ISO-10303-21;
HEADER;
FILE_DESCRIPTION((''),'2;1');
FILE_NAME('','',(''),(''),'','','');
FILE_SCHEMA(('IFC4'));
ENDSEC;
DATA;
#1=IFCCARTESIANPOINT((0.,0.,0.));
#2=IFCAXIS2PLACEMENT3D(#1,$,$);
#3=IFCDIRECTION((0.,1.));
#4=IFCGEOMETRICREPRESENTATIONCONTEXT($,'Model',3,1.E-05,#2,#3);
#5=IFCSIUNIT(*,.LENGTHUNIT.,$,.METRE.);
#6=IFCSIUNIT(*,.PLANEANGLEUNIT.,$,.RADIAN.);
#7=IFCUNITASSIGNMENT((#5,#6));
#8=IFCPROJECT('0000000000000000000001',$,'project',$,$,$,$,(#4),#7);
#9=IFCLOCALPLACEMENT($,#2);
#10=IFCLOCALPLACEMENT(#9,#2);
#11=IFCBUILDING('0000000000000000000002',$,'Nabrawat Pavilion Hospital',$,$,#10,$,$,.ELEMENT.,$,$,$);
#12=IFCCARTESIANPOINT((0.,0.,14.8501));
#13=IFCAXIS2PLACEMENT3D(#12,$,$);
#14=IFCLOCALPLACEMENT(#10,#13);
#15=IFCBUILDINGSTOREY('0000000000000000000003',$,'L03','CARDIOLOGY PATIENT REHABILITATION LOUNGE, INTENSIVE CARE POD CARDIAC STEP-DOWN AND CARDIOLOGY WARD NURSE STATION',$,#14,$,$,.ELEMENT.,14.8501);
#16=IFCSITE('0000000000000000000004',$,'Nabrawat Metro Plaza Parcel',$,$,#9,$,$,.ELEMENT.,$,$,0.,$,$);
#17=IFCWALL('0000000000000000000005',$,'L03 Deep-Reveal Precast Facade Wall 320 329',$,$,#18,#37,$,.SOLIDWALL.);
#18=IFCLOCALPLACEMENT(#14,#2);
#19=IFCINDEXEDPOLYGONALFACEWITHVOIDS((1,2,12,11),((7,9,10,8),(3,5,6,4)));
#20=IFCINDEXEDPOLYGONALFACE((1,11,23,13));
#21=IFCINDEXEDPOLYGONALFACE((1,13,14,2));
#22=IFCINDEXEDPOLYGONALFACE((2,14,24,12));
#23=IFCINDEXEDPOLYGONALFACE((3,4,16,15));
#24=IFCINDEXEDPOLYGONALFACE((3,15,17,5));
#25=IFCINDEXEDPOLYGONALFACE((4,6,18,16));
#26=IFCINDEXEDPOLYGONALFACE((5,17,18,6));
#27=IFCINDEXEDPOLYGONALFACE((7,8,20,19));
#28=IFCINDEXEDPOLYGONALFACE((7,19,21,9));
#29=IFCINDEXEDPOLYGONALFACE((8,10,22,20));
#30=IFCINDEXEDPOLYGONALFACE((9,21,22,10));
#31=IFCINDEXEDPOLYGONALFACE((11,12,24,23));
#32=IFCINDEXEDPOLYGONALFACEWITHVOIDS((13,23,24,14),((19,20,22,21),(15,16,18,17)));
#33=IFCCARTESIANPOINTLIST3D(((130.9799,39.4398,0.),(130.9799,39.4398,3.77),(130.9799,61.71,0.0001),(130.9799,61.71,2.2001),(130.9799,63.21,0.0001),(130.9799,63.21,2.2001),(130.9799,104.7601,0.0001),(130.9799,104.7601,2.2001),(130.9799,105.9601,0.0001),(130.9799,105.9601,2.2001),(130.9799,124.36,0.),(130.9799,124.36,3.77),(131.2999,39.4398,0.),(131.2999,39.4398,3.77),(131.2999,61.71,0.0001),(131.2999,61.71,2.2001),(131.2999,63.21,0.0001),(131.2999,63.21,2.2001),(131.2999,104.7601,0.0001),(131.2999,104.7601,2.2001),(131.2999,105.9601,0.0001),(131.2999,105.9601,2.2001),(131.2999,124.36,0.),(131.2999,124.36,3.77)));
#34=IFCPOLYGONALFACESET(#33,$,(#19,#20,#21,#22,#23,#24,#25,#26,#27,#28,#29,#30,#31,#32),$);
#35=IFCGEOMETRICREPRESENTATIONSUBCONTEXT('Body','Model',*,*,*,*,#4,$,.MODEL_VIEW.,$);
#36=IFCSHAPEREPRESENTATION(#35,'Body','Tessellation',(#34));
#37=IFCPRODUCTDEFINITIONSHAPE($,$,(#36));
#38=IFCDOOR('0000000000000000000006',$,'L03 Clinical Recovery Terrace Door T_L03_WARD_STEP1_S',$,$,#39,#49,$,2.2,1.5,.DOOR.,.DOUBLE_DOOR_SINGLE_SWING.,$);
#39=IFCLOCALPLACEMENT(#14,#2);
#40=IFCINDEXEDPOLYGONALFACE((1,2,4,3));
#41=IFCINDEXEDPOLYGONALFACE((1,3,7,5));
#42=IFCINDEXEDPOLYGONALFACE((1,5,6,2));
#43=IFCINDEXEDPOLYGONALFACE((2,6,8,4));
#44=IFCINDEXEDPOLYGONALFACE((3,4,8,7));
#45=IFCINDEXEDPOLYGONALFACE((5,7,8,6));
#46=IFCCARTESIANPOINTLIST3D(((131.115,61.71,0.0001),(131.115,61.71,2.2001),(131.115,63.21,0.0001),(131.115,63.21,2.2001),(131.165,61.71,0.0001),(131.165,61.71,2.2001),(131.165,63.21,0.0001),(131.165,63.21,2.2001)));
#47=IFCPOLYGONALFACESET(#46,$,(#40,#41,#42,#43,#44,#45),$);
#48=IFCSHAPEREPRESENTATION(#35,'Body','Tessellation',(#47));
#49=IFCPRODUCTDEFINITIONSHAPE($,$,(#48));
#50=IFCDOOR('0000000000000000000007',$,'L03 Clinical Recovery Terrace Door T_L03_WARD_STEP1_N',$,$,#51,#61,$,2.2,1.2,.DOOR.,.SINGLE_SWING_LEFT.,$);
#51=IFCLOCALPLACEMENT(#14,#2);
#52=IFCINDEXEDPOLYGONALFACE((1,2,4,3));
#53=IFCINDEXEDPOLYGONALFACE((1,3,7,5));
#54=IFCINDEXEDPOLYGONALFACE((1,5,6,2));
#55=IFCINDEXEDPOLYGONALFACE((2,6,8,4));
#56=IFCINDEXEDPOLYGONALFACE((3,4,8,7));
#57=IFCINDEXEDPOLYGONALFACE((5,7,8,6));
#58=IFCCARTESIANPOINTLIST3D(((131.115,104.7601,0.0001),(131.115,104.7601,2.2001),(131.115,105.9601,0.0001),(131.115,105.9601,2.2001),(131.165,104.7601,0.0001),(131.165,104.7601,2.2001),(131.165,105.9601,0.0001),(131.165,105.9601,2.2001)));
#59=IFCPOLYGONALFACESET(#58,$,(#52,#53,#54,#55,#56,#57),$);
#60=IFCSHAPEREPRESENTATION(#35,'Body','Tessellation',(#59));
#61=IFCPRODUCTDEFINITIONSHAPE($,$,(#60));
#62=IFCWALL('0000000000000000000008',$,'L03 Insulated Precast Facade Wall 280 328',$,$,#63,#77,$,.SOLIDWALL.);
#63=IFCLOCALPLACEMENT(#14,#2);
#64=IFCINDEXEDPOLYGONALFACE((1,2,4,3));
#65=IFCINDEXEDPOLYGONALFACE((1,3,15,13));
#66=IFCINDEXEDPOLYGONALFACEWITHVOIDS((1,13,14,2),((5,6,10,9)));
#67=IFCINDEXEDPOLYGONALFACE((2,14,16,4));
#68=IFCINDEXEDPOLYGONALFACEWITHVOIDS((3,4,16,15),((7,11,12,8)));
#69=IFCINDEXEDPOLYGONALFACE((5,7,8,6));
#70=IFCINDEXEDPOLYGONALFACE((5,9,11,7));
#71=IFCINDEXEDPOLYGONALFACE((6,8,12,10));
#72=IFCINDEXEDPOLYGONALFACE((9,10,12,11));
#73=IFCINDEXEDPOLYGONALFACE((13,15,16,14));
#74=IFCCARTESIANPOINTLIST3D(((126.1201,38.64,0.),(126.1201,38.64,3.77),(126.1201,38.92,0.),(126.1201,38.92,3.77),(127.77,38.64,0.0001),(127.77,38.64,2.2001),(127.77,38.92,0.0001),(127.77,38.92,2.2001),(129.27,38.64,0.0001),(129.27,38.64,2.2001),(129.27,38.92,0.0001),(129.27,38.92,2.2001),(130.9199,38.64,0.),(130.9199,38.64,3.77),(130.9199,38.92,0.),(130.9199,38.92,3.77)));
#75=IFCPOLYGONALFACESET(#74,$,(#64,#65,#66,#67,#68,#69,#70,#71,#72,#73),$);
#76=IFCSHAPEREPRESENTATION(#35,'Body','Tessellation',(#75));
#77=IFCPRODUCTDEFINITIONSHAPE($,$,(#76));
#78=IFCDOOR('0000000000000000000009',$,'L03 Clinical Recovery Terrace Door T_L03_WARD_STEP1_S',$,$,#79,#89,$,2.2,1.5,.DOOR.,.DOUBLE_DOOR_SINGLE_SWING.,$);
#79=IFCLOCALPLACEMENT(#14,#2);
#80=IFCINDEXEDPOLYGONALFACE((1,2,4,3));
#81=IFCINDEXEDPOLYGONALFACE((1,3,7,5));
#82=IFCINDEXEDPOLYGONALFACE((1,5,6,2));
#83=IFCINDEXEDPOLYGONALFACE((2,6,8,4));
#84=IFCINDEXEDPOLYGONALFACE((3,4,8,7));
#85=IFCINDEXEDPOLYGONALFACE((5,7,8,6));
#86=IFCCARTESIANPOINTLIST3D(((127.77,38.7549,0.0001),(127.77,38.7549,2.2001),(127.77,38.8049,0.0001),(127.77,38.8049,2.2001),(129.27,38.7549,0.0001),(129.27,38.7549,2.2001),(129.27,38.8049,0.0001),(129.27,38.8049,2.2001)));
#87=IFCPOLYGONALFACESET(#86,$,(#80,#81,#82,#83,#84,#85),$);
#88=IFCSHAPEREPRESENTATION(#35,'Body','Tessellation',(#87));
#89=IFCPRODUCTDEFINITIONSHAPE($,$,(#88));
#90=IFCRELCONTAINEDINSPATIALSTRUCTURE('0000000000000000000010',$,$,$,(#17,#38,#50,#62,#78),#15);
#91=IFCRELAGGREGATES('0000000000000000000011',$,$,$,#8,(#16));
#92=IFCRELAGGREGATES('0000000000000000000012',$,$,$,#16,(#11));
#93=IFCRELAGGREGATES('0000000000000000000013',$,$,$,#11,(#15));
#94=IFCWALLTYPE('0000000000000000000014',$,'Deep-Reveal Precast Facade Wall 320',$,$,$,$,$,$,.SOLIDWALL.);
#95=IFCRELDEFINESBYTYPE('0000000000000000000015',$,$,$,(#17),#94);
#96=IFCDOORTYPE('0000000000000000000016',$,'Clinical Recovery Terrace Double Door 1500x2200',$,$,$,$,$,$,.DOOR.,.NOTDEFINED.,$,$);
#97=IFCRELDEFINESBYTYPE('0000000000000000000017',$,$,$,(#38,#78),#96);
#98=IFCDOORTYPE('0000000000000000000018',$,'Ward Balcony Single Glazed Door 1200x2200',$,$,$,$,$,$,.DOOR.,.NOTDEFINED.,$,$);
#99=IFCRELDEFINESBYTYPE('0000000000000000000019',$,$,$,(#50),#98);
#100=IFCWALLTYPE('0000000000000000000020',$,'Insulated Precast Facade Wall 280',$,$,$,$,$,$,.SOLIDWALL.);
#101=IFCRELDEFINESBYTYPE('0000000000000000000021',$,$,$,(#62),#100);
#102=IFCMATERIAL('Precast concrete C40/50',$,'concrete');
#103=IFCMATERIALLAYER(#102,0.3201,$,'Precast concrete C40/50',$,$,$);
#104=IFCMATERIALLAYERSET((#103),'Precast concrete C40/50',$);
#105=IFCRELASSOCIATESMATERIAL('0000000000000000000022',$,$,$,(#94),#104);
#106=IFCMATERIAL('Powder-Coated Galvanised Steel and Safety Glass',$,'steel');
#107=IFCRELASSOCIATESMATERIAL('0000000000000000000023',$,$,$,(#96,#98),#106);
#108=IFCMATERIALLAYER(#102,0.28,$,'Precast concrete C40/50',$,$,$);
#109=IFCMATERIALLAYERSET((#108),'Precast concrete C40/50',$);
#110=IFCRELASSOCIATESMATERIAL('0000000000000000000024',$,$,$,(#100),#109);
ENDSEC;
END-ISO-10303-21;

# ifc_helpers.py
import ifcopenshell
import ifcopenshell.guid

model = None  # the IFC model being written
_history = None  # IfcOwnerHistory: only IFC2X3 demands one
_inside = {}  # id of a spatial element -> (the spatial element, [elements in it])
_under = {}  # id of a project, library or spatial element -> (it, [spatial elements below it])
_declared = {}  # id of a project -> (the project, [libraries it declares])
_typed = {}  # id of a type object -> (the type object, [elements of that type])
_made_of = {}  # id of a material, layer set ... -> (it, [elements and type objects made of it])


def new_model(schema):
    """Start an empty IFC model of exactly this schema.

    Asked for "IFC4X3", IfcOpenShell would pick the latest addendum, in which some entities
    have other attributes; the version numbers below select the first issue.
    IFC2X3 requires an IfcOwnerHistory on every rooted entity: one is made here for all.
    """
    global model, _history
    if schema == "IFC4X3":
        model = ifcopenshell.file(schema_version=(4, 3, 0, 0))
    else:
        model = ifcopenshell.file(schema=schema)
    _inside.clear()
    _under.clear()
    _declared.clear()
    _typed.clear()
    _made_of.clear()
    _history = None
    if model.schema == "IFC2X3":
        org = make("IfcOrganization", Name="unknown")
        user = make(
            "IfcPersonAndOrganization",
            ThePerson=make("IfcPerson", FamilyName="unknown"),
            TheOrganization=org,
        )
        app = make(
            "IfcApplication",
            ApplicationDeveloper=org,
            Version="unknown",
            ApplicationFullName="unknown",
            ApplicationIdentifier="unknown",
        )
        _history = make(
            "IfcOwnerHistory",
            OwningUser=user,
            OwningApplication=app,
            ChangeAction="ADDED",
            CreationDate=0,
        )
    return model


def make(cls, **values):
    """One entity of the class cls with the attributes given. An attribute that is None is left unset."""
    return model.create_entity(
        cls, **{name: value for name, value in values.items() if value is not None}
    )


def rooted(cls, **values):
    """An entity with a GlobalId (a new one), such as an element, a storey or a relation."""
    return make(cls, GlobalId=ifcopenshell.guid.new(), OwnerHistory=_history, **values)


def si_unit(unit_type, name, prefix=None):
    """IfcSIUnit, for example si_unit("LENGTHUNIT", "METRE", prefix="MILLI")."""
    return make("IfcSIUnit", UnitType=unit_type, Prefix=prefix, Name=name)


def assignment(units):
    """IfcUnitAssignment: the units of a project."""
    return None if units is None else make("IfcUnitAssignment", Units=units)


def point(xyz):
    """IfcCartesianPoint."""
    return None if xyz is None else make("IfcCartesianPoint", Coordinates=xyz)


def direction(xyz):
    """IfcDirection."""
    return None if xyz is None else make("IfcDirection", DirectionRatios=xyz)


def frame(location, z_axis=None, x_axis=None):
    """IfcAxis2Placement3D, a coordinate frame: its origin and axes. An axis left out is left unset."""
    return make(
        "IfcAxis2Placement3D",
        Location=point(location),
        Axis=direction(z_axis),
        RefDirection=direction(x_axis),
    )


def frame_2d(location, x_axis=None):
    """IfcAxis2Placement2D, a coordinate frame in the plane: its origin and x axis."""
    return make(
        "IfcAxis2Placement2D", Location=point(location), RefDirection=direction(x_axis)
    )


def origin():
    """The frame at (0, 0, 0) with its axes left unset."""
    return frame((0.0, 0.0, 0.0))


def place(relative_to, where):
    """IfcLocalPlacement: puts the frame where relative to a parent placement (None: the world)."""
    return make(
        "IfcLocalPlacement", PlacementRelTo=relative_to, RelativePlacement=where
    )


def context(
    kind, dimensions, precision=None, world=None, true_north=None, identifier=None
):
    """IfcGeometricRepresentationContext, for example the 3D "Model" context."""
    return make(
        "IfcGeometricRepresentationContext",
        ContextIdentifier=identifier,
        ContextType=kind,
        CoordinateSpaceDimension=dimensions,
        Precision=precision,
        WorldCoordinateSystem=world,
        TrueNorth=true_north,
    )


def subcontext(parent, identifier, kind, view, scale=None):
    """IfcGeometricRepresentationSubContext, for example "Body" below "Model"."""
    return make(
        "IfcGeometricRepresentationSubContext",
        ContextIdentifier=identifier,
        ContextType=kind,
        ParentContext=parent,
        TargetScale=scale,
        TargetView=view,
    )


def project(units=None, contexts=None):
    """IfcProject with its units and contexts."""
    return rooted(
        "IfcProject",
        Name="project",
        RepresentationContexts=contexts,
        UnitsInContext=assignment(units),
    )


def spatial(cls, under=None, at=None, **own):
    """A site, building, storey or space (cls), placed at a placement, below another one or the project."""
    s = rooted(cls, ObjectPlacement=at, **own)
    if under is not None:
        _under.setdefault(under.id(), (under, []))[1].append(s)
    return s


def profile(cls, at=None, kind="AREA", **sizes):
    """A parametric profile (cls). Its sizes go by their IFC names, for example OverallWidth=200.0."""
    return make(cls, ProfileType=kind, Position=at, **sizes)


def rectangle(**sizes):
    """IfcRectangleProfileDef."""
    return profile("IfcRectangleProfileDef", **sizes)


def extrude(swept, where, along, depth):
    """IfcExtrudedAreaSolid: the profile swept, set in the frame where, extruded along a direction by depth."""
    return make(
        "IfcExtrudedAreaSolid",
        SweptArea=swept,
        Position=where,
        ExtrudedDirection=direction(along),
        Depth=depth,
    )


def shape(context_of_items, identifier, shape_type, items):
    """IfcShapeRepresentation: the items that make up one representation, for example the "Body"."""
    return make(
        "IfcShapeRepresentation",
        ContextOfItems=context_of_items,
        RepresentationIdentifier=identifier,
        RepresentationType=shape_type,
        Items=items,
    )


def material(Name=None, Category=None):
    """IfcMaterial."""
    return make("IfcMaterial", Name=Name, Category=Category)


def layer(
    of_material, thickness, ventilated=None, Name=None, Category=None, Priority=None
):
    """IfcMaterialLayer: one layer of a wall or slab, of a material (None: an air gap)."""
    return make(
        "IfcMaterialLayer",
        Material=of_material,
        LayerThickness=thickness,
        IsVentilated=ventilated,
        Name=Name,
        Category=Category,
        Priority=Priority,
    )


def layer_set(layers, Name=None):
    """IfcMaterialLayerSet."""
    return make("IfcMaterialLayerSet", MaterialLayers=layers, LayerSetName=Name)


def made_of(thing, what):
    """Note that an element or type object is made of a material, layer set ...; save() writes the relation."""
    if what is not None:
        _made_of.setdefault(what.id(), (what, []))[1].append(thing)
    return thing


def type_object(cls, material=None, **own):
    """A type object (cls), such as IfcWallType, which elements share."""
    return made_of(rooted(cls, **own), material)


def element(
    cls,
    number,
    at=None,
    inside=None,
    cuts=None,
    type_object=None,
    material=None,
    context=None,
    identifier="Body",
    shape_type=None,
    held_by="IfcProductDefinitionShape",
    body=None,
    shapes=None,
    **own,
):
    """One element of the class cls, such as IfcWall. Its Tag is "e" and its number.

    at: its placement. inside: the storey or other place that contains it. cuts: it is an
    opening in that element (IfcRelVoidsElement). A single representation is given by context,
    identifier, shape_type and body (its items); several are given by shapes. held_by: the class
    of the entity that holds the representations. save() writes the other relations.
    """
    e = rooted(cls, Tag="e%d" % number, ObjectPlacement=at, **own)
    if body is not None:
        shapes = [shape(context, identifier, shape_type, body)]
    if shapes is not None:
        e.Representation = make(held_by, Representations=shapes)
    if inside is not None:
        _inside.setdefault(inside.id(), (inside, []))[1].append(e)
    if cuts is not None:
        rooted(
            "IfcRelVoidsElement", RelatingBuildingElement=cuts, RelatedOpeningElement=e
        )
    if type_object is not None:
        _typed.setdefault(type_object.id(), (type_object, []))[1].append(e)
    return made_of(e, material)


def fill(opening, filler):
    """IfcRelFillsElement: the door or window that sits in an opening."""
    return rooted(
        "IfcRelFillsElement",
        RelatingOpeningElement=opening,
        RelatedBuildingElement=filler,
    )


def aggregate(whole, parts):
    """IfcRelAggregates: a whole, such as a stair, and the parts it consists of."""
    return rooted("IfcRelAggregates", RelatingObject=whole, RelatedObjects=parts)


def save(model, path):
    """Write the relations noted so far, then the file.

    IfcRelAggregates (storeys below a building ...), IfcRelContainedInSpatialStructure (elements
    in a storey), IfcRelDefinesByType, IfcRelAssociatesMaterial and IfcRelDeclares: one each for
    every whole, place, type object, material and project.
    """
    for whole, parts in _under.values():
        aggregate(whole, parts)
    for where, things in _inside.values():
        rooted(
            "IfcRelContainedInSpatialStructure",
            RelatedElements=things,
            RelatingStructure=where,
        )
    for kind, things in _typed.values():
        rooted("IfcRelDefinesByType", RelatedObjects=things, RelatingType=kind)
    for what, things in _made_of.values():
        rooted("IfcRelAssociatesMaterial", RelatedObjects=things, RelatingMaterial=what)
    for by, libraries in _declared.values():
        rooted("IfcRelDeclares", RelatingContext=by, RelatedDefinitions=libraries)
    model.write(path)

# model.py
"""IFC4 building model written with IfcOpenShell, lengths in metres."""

from ifc_helpers import new_model, si_unit, direction, frame, frame_2d, origin, place, context, subcontext, project, spatial, rectangle, extrude, material, layer, layer_set, type_object, element, fill, save


model = new_model("IFC4")

# Units and contexts
model_context = context("Model", 3, precision=1e-05, world=origin(), true_north=direction((0.0, 1.0)))
body_context = subcontext(model_context, "Body", "Model", "MODEL_VIEW")
ifc_project = project(units=[si_unit("LENGTHUNIT", "METRE"), si_unit("PLANEANGLEUNIT", "RADIAN")], contexts=[model_context])

# Site, building, storey
site_placement = place(None, origin())
site = spatial("IfcSite", under=ifc_project, at=site_placement, Name="Nabrawat Metro Plaza Parcel", CompositionType="ELEMENT", RefElevation=0.0)
building_placement = place(site_placement, origin())
building = spatial("IfcBuilding", under=site, at=building_placement, Name="Nabrawat Pavilion Hospital", CompositionType="ELEMENT")
storey_placement = place(building_placement, frame((0.0, 0.0, 14.8501)))
storey = spatial("IfcBuildingStorey", under=building, at=storey_placement, Name="L03", Description="CARDIOLOGY PATIENT REHABILITATION LOUNGE, INTENSIVE CARE POD CARDIAC STEP-DOWN AND CARDIOLOGY WARD NURSE STATION", CompositionType="ELEMENT", Elevation=14.8501)

# Wall, openings, doors
ifc_material_1 = material(Name="Precast concrete C40/50", Category="concrete")
ifc_layer_1 = layer(ifc_material_1, 0.3201, Name="Precast concrete C40/50")
ifc_layer_set_1 = layer_set([ifc_layer_1], Name="Precast concrete C40/50")
wall_type_1 = type_object("IfcWallType", Name="Deep-Reveal Precast Facade Wall 320", PredefinedType="SOLIDWALL", material=ifc_layer_set_1)
wall_1_placement = place(storey_placement, frame((131.1399, 39.4399, 0.0), z_axis=(0.0, 0.0, 1.0), x_axis=(0.0, 1.0, 0.0)))
wall_1 = element("IfcWall", 1, at=wall_1_placement, inside=storey, type_object=wall_type_1, Name="L03 Deep-Reveal Precast Facade Wall 320 329", PredefinedType="SOLIDWALL", context=body_context, shape_type="SweptSolid", body=[
    extrude(rectangle(XDim=84.9202, YDim=0.3201, at=frame_2d((42.46, 0.0))), origin(), (0.0, 0.0, 1.0), 3.77),
])
opening_1_placement = place(wall_1_placement, frame((22.27, 0.0, 0.0)))
opening_1 = element("IfcOpeningElement", 2, at=opening_1_placement, cuts=wall_1, PredefinedType="OPENING", context=body_context, shape_type="SweptSolid", body=[
    extrude(rectangle(XDim=1.5, YDim=2.2, at=frame_2d((0.75, 1.1001))), frame((0.0, 0.1699, 0.0), z_axis=(0.0, -1.0, 0.0), x_axis=(1.0, 0.0, 0.0)), (0.0, 0.0, 1.0), 0.3401),
])
opening_2_placement = place(wall_1_placement, frame((65.3201, 0.0, 0.0)))
opening_2 = element("IfcOpeningElement", 3, at=opening_2_placement, cuts=wall_1, PredefinedType="OPENING", context=body_context, shape_type="SweptSolid", body=[
    extrude(rectangle(XDim=1.2, YDim=2.2, at=frame_2d((0.6001, 1.1001))), frame((0.0, 0.1699, 0.0), z_axis=(0.0, -1.0, 0.0), x_axis=(1.0, 0.0, 0.0)), (0.0, 0.0, 1.0), 0.3401),
])
ifc_material_2 = material(Name="Powder-Coated Galvanised Steel and Safety Glass", Category="steel")
door_type_1 = type_object("IfcDoorType", Name="Clinical Recovery Terrace Double Door 1500x2200", OperationType="NOTDEFINED", PredefinedType="DOOR", material=ifc_material_2)
door_1_placement = place(opening_1_placement, origin())
door_1 = element("IfcDoor", 4, at=door_1_placement, inside=storey, type_object=door_type_1, Name="L03 Clinical Recovery Terrace Door T_L03_WARD_STEP1_S", OperationType="DOUBLE_DOOR_SINGLE_SWING", OverallHeight=2.2, OverallWidth=1.5, PredefinedType="DOOR", context=body_context, shape_type="SweptSolid", body=[
    extrude(rectangle(XDim=1.5, YDim=2.2, at=frame_2d((0.75, 1.1001))), frame((0.0, 0.0249, 0.0), z_axis=(0.0, -1.0, 0.0), x_axis=(1.0, 0.0, 0.0)), (0.0, 0.0, 1.0), 0.05),
])
fill(opening_1, door_1)
door_type_2 = type_object("IfcDoorType", Name="Ward Balcony Single Glazed Door 1200x2200", OperationType="NOTDEFINED", PredefinedType="DOOR", material=ifc_material_2)
door_2_placement = place(opening_2_placement, origin())
door_2 = element("IfcDoor", 5, at=door_2_placement, inside=storey, type_object=door_type_2, Name="L03 Clinical Recovery Terrace Door T_L03_WARD_STEP1_N", OperationType="SINGLE_SWING_LEFT", OverallHeight=2.2, OverallWidth=1.2, PredefinedType="DOOR", context=body_context, shape_type="SweptSolid", body=[
    extrude(rectangle(XDim=1.2, YDim=2.2, at=frame_2d((0.6001, 1.1001))), frame((0.0, 0.0249, 0.0), z_axis=(0.0, -1.0, 0.0), x_axis=(1.0, 0.0, 0.0)), (0.0, 0.0, 1.0), 0.05),
])
fill(opening_2, door_2)

# Wall, opening, door
ifc_layer_2 = layer(ifc_material_1, 0.28, Name="Precast concrete C40/50")
ifc_layer_set_2 = layer_set([ifc_layer_2], Name="Precast concrete C40/50")
wall_type_2 = type_object("IfcWallType", Name="Insulated Precast Facade Wall 280", PredefinedType="SOLIDWALL", material=ifc_layer_set_2)
wall_2_placement = place(storey_placement, frame((126.1201, 38.78, 0.0), z_axis=(0.0, 0.0, 1.0), x_axis=(1.0, 0.0, 0.0)))
wall_2 = element("IfcWall", 6, at=wall_2_placement, inside=storey, type_object=wall_type_2, Name="L03 Insulated Precast Facade Wall 280 328", PredefinedType="SOLIDWALL", context=body_context, shape_type="SweptSolid", body=[
    extrude(rectangle(XDim=4.7998, YDim=0.28, at=frame_2d((2.3999, 0.0))), origin(), (0.0, 0.0, 1.0), 3.77),
])
opening_3_placement = place(wall_2_placement, frame((1.6499, 0.0, 0.0)))
opening_3 = element("IfcOpeningElement", 7, at=opening_3_placement, cuts=wall_2, PredefinedType="OPENING", context=body_context, shape_type="SweptSolid", body=[
    extrude(rectangle(XDim=1.5, YDim=2.2, at=frame_2d((0.75, 1.1001))), frame((0.0, 0.1499, 0.0), z_axis=(0.0, -1.0, 0.0), x_axis=(1.0, 0.0, 0.0)), (0.0, 0.0, 1.0), 0.3),
])
door_3_placement = place(opening_3_placement, origin())
door_3 = element("IfcDoor", 8, at=door_3_placement, inside=storey, type_object=door_type_1, Name="L03 Clinical Recovery Terrace Door T_L03_WARD_STEP1_S", OperationType="DOUBLE_DOOR_SINGLE_SWING", OverallHeight=2.2, OverallWidth=1.5, PredefinedType="DOOR", context=body_context, shape_type="SweptSolid", body=[
    extrude(rectangle(XDim=1.5, YDim=2.2, at=frame_2d((0.75, 1.1001))), frame((0.0, 0.0249, 0.0), z_axis=(0.0, -1.0, 0.0), x_axis=(1.0, 0.0, 0.0)), (0.0, 0.0, 1.0), 0.05),
])
fill(opening_3, door_3)

save(model, "model.ifc")
